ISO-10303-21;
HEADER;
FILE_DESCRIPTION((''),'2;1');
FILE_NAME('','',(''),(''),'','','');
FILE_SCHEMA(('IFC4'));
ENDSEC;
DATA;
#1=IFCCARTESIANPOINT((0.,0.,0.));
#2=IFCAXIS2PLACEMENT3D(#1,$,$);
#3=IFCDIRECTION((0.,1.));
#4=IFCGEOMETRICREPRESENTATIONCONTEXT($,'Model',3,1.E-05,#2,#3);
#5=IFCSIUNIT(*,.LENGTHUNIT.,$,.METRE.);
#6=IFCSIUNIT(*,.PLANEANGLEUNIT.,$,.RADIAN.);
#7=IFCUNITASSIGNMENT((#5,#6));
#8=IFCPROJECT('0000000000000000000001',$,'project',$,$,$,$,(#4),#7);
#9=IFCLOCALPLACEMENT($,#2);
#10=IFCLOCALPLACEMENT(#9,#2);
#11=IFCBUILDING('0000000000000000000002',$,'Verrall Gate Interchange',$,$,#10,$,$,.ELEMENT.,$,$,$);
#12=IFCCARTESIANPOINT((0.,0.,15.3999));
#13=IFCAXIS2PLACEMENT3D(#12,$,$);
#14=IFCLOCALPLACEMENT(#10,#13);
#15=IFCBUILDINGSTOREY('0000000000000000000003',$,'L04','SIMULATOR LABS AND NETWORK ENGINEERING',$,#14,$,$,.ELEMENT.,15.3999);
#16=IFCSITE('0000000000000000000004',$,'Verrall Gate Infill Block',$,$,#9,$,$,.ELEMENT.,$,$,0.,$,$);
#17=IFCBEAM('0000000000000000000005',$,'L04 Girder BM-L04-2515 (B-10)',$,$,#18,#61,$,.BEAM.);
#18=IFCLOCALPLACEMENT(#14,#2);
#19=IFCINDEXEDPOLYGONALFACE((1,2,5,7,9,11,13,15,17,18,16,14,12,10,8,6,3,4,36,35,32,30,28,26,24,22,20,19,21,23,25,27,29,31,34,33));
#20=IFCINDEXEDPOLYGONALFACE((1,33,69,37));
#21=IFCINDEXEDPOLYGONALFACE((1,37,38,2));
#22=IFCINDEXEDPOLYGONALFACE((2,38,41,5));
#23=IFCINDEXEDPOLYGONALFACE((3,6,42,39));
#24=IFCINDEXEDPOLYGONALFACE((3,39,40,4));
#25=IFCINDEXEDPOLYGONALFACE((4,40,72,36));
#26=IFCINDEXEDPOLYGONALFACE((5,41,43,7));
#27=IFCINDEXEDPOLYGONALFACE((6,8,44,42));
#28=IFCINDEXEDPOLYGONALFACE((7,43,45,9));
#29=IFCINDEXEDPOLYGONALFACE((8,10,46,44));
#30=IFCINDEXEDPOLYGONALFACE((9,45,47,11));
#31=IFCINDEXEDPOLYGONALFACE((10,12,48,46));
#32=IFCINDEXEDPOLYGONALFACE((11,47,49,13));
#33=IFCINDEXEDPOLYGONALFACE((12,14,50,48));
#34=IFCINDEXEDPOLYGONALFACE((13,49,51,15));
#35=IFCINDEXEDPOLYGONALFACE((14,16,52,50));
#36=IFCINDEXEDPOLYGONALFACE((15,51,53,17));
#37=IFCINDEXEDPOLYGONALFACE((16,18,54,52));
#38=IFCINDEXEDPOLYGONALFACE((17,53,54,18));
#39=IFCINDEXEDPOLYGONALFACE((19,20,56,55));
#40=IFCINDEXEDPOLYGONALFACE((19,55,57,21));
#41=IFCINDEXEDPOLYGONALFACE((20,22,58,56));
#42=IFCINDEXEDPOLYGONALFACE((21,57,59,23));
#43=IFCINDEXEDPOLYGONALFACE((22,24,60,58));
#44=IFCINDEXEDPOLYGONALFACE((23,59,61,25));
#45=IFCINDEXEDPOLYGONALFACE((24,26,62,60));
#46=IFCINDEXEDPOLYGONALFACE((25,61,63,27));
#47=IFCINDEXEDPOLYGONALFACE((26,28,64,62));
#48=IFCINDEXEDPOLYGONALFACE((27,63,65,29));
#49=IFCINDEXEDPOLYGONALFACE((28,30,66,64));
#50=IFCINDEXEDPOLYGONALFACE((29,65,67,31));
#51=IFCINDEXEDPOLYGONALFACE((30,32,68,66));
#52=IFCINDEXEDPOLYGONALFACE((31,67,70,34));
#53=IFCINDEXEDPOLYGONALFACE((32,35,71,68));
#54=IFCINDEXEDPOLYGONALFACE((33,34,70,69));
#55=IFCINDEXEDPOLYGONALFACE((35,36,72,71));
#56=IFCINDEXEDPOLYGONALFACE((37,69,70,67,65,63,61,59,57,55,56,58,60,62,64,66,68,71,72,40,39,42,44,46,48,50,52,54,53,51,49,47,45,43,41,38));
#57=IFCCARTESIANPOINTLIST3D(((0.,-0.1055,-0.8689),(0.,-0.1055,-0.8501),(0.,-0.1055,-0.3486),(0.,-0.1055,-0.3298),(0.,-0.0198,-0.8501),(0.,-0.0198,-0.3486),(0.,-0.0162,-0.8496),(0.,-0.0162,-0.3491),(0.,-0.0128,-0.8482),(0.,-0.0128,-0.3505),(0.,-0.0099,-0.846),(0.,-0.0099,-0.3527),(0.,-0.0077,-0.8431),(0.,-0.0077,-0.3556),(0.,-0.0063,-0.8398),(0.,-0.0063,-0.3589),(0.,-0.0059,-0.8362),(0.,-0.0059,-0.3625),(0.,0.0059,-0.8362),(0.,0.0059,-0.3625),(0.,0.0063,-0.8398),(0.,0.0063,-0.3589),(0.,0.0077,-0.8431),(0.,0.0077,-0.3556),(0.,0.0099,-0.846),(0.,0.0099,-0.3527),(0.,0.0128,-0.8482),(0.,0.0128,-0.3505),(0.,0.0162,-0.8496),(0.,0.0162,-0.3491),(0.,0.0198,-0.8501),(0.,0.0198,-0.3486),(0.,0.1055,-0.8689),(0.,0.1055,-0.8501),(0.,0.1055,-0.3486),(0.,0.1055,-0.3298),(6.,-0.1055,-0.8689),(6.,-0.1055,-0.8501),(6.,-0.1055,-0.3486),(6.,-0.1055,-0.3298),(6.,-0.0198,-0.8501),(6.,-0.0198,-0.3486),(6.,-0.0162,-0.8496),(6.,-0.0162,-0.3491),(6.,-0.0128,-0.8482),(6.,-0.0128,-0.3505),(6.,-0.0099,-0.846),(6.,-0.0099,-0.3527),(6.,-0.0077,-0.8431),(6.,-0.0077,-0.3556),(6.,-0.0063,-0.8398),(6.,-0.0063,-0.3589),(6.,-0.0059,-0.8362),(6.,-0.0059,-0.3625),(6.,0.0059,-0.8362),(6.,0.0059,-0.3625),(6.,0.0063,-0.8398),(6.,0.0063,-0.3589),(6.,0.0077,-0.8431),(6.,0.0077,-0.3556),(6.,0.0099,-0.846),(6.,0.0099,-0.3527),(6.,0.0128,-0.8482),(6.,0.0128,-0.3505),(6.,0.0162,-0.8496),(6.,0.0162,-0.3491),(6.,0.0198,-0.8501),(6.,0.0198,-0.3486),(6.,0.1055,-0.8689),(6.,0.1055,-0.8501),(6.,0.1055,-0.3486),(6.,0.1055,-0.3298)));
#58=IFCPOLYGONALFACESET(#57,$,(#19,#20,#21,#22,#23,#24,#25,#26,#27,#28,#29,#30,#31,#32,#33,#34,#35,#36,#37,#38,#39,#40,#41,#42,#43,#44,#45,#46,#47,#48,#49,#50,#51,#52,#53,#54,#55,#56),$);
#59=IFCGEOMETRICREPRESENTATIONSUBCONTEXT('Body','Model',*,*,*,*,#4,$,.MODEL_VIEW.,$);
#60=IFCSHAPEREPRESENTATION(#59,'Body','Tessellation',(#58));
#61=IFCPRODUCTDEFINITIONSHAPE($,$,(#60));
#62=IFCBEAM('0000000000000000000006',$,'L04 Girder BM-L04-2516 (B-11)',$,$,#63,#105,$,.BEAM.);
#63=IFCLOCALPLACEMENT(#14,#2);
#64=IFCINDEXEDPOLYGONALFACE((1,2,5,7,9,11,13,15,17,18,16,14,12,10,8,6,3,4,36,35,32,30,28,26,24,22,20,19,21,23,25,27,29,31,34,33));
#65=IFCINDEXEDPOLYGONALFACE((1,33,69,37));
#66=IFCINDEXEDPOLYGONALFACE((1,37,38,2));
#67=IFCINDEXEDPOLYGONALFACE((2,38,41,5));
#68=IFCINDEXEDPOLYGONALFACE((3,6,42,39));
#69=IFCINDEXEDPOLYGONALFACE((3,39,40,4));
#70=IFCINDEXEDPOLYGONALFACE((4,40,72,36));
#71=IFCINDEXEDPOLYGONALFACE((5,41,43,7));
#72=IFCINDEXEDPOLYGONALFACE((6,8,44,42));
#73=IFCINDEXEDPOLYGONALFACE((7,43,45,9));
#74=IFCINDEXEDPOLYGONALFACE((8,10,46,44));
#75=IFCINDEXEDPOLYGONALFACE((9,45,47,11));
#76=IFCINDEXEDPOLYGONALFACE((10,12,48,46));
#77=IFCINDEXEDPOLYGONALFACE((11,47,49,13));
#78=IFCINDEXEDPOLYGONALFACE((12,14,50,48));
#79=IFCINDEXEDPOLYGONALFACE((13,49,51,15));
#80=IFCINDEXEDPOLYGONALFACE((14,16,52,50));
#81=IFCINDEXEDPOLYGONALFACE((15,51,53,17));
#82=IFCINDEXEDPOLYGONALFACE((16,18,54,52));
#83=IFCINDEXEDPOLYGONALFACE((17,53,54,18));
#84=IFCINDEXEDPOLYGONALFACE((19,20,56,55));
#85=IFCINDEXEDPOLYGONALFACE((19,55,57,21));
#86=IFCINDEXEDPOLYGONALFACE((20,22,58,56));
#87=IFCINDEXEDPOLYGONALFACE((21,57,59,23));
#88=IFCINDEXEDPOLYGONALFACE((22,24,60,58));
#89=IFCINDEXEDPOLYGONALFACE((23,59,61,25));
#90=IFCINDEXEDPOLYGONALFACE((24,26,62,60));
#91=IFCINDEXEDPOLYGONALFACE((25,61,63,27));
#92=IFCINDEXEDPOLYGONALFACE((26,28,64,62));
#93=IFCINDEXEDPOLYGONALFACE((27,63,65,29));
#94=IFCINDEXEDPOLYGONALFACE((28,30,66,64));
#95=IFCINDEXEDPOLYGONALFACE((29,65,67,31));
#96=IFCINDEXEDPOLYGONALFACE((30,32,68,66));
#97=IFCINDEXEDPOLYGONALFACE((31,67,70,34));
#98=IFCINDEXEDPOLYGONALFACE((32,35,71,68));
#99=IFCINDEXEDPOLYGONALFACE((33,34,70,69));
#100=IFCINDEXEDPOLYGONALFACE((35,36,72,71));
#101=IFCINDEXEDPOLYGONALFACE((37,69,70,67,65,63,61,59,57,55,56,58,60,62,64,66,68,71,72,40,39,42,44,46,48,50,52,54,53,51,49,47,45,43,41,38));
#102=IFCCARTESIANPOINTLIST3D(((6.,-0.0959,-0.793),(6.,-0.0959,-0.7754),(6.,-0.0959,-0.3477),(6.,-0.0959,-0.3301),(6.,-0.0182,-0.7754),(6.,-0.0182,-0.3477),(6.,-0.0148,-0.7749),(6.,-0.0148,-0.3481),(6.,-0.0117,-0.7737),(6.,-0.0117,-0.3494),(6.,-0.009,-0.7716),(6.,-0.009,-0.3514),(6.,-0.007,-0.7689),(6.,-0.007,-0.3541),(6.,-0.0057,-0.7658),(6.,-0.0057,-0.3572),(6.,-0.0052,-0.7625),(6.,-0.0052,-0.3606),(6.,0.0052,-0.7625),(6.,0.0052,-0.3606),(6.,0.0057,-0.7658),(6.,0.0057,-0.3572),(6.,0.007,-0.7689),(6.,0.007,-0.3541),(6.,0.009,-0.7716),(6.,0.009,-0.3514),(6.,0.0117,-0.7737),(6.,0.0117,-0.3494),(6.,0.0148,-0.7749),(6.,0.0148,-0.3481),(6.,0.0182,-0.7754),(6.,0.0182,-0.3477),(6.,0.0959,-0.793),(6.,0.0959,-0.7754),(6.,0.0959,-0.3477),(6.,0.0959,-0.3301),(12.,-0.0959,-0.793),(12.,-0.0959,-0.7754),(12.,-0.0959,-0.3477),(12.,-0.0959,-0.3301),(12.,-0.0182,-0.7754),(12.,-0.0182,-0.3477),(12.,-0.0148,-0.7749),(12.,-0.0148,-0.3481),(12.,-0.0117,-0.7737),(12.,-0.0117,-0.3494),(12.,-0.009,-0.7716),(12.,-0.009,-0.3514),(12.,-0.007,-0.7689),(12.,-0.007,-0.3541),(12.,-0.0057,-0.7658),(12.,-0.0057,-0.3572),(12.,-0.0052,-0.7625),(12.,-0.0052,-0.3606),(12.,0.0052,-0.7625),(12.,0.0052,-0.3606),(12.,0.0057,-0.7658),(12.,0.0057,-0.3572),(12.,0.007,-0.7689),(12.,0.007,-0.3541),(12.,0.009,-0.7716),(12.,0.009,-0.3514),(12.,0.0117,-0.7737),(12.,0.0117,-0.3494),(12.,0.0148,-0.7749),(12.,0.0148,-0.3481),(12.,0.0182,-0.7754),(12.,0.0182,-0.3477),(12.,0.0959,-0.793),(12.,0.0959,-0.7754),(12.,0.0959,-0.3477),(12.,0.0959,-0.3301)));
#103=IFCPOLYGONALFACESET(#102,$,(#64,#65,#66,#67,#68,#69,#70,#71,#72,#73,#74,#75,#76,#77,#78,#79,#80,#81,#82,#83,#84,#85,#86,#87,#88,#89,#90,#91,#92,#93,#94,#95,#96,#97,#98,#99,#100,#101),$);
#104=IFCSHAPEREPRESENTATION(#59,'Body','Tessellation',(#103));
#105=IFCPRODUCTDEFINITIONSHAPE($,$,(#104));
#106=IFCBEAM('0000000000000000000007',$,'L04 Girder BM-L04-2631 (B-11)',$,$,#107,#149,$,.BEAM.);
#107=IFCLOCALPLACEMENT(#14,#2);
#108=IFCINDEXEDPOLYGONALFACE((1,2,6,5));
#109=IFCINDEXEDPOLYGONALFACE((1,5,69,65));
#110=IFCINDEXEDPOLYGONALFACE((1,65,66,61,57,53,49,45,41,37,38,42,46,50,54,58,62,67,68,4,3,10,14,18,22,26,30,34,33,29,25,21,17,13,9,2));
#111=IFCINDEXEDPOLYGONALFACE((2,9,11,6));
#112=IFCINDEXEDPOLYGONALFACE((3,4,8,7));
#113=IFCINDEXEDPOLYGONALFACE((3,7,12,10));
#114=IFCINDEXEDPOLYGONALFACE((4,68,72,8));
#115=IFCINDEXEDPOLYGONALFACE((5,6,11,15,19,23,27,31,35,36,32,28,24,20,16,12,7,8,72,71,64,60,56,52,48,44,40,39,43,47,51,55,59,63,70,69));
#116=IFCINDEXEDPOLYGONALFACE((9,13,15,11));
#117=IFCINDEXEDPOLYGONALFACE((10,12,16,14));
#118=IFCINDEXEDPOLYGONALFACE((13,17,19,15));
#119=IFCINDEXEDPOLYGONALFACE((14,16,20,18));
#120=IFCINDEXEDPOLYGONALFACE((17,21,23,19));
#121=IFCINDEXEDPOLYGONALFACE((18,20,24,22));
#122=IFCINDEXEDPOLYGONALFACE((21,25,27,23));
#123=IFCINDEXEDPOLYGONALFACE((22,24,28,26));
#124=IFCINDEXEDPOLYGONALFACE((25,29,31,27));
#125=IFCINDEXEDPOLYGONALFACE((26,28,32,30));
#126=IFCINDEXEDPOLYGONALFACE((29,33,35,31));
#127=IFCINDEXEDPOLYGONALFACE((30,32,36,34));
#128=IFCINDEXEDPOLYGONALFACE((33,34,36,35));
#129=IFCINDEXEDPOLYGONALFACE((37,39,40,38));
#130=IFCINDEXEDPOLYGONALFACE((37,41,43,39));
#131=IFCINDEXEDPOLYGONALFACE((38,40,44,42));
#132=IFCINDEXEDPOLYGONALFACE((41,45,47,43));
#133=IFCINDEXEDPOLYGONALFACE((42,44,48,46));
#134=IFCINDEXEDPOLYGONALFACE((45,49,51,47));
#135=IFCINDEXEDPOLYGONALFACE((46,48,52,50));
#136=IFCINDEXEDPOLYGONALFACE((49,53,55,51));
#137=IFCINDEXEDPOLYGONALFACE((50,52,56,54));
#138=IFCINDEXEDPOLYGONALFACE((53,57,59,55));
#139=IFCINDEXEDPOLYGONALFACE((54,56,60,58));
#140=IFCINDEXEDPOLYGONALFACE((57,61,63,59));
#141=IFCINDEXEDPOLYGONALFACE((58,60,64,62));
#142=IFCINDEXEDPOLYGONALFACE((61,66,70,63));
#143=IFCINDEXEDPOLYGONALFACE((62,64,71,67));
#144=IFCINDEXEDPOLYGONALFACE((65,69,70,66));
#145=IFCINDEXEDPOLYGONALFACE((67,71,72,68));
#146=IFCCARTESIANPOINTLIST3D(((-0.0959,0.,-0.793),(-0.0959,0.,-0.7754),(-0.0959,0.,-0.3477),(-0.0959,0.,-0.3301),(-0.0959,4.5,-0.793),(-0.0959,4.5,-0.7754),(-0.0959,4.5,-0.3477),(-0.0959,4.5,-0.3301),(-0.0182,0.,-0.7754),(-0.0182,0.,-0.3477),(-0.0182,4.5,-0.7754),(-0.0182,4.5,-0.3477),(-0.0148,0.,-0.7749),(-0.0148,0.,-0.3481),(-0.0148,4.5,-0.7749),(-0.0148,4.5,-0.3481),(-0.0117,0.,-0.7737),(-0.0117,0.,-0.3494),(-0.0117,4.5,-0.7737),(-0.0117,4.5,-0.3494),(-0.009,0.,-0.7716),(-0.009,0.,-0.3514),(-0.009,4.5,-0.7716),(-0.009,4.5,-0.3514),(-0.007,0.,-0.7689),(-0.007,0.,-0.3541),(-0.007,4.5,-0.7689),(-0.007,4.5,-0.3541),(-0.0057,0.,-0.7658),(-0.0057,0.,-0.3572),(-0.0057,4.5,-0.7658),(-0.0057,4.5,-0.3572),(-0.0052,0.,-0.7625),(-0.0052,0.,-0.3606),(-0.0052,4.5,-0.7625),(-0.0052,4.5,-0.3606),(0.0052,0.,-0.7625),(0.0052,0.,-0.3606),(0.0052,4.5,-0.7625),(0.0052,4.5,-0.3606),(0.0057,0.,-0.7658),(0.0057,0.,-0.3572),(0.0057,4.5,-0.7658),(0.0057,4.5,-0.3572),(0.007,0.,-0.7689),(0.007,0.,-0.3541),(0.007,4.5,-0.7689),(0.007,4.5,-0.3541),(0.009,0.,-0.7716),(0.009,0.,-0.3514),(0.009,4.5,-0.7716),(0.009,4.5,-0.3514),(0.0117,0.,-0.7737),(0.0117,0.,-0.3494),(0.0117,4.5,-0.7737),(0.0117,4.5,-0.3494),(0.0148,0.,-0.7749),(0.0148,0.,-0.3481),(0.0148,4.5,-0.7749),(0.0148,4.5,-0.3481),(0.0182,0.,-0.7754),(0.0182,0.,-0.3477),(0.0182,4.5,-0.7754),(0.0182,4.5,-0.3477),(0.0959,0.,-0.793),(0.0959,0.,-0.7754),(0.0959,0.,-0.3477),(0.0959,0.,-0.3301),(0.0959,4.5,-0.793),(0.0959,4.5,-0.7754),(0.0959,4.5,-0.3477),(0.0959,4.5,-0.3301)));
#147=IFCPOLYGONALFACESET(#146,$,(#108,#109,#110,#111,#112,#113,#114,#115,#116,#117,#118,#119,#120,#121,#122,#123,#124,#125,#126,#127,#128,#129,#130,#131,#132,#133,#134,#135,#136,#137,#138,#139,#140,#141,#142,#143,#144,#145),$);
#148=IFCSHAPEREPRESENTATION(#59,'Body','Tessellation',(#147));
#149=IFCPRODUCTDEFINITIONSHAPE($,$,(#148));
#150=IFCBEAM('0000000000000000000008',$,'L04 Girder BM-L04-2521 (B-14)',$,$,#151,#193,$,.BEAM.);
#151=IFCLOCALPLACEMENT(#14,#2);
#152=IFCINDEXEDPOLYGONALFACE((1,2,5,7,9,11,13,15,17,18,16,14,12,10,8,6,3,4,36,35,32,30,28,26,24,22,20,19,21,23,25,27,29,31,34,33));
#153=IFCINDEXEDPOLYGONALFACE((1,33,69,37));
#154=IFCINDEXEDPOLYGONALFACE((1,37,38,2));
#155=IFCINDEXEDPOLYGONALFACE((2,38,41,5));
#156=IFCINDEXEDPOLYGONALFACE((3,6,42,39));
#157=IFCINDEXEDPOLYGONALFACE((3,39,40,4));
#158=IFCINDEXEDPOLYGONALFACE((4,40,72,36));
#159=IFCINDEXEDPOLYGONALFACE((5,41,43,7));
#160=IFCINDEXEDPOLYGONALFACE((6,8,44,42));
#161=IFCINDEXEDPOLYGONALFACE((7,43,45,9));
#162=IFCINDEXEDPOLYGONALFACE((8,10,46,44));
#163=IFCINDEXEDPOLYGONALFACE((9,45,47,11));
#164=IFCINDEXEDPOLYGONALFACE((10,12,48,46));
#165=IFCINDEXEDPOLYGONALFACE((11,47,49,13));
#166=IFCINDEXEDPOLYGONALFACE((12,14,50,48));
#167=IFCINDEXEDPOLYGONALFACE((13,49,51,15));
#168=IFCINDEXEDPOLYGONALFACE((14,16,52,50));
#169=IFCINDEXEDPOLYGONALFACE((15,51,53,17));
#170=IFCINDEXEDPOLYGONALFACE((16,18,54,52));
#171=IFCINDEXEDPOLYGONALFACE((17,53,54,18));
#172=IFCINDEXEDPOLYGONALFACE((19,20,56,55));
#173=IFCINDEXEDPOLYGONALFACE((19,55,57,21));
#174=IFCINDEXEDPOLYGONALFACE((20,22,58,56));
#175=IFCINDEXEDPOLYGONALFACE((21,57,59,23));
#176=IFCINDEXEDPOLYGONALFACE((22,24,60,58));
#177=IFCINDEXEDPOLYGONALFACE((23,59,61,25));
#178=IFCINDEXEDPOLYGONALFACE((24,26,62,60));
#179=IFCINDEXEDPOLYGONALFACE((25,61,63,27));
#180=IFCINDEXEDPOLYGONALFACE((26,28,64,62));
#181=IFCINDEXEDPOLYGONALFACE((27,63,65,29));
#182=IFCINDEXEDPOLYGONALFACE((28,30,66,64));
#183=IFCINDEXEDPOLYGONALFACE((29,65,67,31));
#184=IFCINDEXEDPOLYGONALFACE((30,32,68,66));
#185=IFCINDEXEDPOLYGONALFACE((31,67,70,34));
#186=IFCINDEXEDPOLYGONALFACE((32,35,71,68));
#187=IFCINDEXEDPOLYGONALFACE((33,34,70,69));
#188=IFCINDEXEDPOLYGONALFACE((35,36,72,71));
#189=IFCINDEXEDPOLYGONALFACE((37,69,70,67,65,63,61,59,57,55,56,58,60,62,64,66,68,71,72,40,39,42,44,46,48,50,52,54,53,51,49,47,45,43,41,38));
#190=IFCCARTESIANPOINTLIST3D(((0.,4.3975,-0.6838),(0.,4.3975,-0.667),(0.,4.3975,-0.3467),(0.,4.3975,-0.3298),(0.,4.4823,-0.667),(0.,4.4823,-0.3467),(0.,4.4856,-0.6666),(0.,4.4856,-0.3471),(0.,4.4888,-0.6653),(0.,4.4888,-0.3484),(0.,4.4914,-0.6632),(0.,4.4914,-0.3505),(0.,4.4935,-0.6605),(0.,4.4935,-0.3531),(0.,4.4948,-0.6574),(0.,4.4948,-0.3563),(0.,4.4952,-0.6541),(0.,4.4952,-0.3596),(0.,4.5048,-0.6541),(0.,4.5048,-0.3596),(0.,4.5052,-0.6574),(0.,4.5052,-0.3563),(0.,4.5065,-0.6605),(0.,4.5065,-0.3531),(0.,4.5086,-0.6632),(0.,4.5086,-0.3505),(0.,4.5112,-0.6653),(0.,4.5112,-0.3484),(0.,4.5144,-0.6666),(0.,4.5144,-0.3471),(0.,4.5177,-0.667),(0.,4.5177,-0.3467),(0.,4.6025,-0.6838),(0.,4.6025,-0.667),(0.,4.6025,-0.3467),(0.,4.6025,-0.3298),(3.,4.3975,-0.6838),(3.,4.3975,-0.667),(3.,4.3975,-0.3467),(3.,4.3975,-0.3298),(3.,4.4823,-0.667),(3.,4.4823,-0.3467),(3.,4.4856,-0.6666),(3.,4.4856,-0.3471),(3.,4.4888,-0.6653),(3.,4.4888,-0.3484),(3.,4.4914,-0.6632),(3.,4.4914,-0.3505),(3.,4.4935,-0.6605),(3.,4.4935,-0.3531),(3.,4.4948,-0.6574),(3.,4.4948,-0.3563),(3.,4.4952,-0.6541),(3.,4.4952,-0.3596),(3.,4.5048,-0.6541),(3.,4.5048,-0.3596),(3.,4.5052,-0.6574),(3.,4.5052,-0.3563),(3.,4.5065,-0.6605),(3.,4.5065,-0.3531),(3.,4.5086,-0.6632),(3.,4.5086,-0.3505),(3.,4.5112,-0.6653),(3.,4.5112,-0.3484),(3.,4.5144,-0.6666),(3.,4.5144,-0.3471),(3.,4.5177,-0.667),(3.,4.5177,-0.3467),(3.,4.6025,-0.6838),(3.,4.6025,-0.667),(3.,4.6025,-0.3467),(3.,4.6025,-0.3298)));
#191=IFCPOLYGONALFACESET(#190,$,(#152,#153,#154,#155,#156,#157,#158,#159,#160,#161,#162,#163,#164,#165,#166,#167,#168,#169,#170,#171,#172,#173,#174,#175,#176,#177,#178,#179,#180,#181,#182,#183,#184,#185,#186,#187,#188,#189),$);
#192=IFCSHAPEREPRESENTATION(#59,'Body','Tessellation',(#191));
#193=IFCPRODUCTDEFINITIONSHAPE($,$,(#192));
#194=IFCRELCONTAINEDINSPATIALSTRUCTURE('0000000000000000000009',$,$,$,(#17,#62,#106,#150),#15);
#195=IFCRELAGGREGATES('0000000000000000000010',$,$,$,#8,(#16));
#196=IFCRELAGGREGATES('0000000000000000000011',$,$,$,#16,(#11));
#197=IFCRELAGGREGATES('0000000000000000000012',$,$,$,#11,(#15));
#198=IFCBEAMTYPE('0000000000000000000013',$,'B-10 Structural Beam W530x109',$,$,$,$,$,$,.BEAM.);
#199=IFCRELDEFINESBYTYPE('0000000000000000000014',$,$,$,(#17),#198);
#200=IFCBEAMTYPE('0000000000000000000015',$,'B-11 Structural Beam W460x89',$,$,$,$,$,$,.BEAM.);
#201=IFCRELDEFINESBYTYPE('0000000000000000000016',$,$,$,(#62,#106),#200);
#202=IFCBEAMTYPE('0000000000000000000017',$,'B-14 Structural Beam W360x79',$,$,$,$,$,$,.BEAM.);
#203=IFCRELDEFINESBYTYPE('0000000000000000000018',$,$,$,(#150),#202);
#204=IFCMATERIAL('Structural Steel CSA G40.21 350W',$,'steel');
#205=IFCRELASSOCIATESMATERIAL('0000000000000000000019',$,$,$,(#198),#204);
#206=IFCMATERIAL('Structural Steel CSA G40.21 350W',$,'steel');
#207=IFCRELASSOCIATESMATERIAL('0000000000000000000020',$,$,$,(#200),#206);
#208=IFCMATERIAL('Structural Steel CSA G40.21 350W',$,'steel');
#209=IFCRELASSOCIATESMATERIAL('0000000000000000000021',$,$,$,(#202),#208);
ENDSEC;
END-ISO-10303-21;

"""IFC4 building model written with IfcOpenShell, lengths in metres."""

from ifc_helpers import new_model, si_unit, direction, frame, origin, origin_2d, place, context, subcontext, project, spatial, i_section, extrude, material, material_profile, profile_set, type_object, element, save


model = new_model("IFC4")

# Units and contexts
model_context = context("Model", 3, precision=1e-05, world=origin(), true_north=direction((0.0, 1.0)))
body_context = subcontext(model_context, "Body", "Model", "MODEL_VIEW")
ifc_project = project(units=[si_unit("LENGTHUNIT", "METRE"), si_unit("PLANEANGLEUNIT", "RADIAN")], contexts=[model_context])

# Site, building, storey
site_placement = place(None, origin())
site = spatial("IfcSite", under=ifc_project, at=site_placement, Name="Verrall Gate Infill Block", CompositionType="ELEMENT", RefElevation=0.0)
building_placement = place(site_placement, origin())
building = spatial("IfcBuilding", under=site, at=building_placement, Name="Verrall Gate Interchange", CompositionType="ELEMENT")
storey_placement = place(building_placement, frame((0.0, 0.0, 15.3999)))
storey = spatial("IfcBuildingStorey", under=building, at=storey_placement, Name="L04", Description="SIMULATOR LABS AND NETWORK ENGINEERING", CompositionType="ELEMENT", Elevation=15.3999)

# Beams
ifc_material_1 = material(Name="Structural Steel CSA G40.21 350W", Category="steel")
ifc_material_profile_1 = material_profile(ifc_material_1, i_section(OverallWidth=0.2109, OverallDepth=0.5391, WebThickness=0.0117, FlangeThickness=0.0188, FilletRadius=0.0139, at=origin_2d()), Name="W530x109")
ifc_profile_set_1 = profile_set([ifc_material_profile_1], Name="Structural Steel CSA G40.21 350W")
beam_type_1 = type_object("IfcBeamType", Name="B-10 Structural Beam W530x109", PredefinedType="BEAM", material=ifc_profile_set_1)
beam_1_placement = place(storey_placement, frame((0.0, 0.0, -0.5994), z_axis=(1.0, 0.0, 0.0), x_axis=(0.0, 1.0, 0.0)))
element("IfcBeam", 1, at=beam_1_placement, inside=storey, type_object=beam_type_1, Name="L04 Girder BM-L04-2515 (B-10)", PredefinedType="BEAM", context=body_context, shape_type="SweptSolid", body=[
    extrude(i_section(OverallWidth=0.2109, OverallDepth=0.5391, WebThickness=0.0117, FlangeThickness=0.0188, FilletRadius=0.0139, at=origin_2d()), origin(), (0.0, 0.0, 1.0), 6.0),
])
ifc_material_2 = material(Name="Structural Steel CSA G40.21 350W", Category="steel")
ifc_material_profile_2 = material_profile(ifc_material_2, i_section(OverallWidth=0.1919, OverallDepth=0.4629, WebThickness=0.0105, FlangeThickness=0.0176, FilletRadius=0.0129, at=origin_2d()), Name="W460x89")
ifc_profile_set_2 = profile_set([ifc_material_profile_2], Name="Structural Steel CSA G40.21 350W")
beam_type_2 = type_object("IfcBeamType", Name="B-11 Structural Beam W460x89", PredefinedType="BEAM", material=ifc_profile_set_2)
beam_2_placement = place(storey_placement, frame((6.0, 0.0, -0.5615), z_axis=(1.0, 0.0, 0.0), x_axis=(0.0, 1.0, 0.0)))
element("IfcBeam", 2, at=beam_2_placement, inside=storey, type_object=beam_type_2, Name="L04 Girder BM-L04-2516 (B-11)", PredefinedType="BEAM", context=body_context, shape_type="SweptSolid", body=[
    extrude(i_section(OverallWidth=0.1919, OverallDepth=0.4629, WebThickness=0.0105, FlangeThickness=0.0176, FilletRadius=0.0129, at=origin_2d()), origin(), (0.0, 0.0, 1.0), 6.0),
])
beam_3_placement = place(storey_placement, frame((0.0, 0.0, -0.5615), z_axis=(0.0, 1.0, 0.0), x_axis=(-1.0, 0.0, 0.0)))
element("IfcBeam", 3, at=beam_3_placement, inside=storey, type_object=beam_type_2, Name="L04 Girder BM-L04-2631 (B-11)", PredefinedType="BEAM", context=body_context, shape_type="SweptSolid", body=[
    extrude(i_section(OverallWidth=0.1919, OverallDepth=0.4629, WebThickness=0.0105, FlangeThickness=0.0176, FilletRadius=0.0129, at=origin_2d()), origin(), (0.0, 0.0, 1.0), 4.5),
])
ifc_material_3 = material(Name="Structural Steel CSA G40.21 350W", Category="steel")
ifc_material_profile_3 = material_profile(ifc_material_3, i_section(OverallWidth=0.2051, OverallDepth=0.354, WebThickness=0.0095, FlangeThickness=0.0168, FilletRadius=0.0129, at=origin_2d()), Name="W360x79")
ifc_profile_set_3 = profile_set([ifc_material_profile_3], Name="Structural Steel CSA G40.21 350W")
beam_type_3 = type_object("IfcBeamType", Name="B-14 Structural Beam W360x79", PredefinedType="BEAM", material=ifc_profile_set_3)
beam_4_placement = place(storey_placement, frame((0.0, 4.5, -0.5068), z_axis=(1.0, 0.0, 0.0), x_axis=(0.0, 1.0, 0.0)))
element("IfcBeam", 4, at=beam_4_placement, inside=storey, type_object=beam_type_3, Name="L04 Girder BM-L04-2521 (B-14)", PredefinedType="BEAM", context=body_context, shape_type="SweptSolid", body=[
    extrude(i_section(OverallWidth=0.2051, OverallDepth=0.354, WebThickness=0.0095, FlangeThickness=0.0168, FilletRadius=0.0129, at=origin_2d()), origin(), (0.0, 0.0, 1.0), 3.0),
])

save(model, "model.ifc")
